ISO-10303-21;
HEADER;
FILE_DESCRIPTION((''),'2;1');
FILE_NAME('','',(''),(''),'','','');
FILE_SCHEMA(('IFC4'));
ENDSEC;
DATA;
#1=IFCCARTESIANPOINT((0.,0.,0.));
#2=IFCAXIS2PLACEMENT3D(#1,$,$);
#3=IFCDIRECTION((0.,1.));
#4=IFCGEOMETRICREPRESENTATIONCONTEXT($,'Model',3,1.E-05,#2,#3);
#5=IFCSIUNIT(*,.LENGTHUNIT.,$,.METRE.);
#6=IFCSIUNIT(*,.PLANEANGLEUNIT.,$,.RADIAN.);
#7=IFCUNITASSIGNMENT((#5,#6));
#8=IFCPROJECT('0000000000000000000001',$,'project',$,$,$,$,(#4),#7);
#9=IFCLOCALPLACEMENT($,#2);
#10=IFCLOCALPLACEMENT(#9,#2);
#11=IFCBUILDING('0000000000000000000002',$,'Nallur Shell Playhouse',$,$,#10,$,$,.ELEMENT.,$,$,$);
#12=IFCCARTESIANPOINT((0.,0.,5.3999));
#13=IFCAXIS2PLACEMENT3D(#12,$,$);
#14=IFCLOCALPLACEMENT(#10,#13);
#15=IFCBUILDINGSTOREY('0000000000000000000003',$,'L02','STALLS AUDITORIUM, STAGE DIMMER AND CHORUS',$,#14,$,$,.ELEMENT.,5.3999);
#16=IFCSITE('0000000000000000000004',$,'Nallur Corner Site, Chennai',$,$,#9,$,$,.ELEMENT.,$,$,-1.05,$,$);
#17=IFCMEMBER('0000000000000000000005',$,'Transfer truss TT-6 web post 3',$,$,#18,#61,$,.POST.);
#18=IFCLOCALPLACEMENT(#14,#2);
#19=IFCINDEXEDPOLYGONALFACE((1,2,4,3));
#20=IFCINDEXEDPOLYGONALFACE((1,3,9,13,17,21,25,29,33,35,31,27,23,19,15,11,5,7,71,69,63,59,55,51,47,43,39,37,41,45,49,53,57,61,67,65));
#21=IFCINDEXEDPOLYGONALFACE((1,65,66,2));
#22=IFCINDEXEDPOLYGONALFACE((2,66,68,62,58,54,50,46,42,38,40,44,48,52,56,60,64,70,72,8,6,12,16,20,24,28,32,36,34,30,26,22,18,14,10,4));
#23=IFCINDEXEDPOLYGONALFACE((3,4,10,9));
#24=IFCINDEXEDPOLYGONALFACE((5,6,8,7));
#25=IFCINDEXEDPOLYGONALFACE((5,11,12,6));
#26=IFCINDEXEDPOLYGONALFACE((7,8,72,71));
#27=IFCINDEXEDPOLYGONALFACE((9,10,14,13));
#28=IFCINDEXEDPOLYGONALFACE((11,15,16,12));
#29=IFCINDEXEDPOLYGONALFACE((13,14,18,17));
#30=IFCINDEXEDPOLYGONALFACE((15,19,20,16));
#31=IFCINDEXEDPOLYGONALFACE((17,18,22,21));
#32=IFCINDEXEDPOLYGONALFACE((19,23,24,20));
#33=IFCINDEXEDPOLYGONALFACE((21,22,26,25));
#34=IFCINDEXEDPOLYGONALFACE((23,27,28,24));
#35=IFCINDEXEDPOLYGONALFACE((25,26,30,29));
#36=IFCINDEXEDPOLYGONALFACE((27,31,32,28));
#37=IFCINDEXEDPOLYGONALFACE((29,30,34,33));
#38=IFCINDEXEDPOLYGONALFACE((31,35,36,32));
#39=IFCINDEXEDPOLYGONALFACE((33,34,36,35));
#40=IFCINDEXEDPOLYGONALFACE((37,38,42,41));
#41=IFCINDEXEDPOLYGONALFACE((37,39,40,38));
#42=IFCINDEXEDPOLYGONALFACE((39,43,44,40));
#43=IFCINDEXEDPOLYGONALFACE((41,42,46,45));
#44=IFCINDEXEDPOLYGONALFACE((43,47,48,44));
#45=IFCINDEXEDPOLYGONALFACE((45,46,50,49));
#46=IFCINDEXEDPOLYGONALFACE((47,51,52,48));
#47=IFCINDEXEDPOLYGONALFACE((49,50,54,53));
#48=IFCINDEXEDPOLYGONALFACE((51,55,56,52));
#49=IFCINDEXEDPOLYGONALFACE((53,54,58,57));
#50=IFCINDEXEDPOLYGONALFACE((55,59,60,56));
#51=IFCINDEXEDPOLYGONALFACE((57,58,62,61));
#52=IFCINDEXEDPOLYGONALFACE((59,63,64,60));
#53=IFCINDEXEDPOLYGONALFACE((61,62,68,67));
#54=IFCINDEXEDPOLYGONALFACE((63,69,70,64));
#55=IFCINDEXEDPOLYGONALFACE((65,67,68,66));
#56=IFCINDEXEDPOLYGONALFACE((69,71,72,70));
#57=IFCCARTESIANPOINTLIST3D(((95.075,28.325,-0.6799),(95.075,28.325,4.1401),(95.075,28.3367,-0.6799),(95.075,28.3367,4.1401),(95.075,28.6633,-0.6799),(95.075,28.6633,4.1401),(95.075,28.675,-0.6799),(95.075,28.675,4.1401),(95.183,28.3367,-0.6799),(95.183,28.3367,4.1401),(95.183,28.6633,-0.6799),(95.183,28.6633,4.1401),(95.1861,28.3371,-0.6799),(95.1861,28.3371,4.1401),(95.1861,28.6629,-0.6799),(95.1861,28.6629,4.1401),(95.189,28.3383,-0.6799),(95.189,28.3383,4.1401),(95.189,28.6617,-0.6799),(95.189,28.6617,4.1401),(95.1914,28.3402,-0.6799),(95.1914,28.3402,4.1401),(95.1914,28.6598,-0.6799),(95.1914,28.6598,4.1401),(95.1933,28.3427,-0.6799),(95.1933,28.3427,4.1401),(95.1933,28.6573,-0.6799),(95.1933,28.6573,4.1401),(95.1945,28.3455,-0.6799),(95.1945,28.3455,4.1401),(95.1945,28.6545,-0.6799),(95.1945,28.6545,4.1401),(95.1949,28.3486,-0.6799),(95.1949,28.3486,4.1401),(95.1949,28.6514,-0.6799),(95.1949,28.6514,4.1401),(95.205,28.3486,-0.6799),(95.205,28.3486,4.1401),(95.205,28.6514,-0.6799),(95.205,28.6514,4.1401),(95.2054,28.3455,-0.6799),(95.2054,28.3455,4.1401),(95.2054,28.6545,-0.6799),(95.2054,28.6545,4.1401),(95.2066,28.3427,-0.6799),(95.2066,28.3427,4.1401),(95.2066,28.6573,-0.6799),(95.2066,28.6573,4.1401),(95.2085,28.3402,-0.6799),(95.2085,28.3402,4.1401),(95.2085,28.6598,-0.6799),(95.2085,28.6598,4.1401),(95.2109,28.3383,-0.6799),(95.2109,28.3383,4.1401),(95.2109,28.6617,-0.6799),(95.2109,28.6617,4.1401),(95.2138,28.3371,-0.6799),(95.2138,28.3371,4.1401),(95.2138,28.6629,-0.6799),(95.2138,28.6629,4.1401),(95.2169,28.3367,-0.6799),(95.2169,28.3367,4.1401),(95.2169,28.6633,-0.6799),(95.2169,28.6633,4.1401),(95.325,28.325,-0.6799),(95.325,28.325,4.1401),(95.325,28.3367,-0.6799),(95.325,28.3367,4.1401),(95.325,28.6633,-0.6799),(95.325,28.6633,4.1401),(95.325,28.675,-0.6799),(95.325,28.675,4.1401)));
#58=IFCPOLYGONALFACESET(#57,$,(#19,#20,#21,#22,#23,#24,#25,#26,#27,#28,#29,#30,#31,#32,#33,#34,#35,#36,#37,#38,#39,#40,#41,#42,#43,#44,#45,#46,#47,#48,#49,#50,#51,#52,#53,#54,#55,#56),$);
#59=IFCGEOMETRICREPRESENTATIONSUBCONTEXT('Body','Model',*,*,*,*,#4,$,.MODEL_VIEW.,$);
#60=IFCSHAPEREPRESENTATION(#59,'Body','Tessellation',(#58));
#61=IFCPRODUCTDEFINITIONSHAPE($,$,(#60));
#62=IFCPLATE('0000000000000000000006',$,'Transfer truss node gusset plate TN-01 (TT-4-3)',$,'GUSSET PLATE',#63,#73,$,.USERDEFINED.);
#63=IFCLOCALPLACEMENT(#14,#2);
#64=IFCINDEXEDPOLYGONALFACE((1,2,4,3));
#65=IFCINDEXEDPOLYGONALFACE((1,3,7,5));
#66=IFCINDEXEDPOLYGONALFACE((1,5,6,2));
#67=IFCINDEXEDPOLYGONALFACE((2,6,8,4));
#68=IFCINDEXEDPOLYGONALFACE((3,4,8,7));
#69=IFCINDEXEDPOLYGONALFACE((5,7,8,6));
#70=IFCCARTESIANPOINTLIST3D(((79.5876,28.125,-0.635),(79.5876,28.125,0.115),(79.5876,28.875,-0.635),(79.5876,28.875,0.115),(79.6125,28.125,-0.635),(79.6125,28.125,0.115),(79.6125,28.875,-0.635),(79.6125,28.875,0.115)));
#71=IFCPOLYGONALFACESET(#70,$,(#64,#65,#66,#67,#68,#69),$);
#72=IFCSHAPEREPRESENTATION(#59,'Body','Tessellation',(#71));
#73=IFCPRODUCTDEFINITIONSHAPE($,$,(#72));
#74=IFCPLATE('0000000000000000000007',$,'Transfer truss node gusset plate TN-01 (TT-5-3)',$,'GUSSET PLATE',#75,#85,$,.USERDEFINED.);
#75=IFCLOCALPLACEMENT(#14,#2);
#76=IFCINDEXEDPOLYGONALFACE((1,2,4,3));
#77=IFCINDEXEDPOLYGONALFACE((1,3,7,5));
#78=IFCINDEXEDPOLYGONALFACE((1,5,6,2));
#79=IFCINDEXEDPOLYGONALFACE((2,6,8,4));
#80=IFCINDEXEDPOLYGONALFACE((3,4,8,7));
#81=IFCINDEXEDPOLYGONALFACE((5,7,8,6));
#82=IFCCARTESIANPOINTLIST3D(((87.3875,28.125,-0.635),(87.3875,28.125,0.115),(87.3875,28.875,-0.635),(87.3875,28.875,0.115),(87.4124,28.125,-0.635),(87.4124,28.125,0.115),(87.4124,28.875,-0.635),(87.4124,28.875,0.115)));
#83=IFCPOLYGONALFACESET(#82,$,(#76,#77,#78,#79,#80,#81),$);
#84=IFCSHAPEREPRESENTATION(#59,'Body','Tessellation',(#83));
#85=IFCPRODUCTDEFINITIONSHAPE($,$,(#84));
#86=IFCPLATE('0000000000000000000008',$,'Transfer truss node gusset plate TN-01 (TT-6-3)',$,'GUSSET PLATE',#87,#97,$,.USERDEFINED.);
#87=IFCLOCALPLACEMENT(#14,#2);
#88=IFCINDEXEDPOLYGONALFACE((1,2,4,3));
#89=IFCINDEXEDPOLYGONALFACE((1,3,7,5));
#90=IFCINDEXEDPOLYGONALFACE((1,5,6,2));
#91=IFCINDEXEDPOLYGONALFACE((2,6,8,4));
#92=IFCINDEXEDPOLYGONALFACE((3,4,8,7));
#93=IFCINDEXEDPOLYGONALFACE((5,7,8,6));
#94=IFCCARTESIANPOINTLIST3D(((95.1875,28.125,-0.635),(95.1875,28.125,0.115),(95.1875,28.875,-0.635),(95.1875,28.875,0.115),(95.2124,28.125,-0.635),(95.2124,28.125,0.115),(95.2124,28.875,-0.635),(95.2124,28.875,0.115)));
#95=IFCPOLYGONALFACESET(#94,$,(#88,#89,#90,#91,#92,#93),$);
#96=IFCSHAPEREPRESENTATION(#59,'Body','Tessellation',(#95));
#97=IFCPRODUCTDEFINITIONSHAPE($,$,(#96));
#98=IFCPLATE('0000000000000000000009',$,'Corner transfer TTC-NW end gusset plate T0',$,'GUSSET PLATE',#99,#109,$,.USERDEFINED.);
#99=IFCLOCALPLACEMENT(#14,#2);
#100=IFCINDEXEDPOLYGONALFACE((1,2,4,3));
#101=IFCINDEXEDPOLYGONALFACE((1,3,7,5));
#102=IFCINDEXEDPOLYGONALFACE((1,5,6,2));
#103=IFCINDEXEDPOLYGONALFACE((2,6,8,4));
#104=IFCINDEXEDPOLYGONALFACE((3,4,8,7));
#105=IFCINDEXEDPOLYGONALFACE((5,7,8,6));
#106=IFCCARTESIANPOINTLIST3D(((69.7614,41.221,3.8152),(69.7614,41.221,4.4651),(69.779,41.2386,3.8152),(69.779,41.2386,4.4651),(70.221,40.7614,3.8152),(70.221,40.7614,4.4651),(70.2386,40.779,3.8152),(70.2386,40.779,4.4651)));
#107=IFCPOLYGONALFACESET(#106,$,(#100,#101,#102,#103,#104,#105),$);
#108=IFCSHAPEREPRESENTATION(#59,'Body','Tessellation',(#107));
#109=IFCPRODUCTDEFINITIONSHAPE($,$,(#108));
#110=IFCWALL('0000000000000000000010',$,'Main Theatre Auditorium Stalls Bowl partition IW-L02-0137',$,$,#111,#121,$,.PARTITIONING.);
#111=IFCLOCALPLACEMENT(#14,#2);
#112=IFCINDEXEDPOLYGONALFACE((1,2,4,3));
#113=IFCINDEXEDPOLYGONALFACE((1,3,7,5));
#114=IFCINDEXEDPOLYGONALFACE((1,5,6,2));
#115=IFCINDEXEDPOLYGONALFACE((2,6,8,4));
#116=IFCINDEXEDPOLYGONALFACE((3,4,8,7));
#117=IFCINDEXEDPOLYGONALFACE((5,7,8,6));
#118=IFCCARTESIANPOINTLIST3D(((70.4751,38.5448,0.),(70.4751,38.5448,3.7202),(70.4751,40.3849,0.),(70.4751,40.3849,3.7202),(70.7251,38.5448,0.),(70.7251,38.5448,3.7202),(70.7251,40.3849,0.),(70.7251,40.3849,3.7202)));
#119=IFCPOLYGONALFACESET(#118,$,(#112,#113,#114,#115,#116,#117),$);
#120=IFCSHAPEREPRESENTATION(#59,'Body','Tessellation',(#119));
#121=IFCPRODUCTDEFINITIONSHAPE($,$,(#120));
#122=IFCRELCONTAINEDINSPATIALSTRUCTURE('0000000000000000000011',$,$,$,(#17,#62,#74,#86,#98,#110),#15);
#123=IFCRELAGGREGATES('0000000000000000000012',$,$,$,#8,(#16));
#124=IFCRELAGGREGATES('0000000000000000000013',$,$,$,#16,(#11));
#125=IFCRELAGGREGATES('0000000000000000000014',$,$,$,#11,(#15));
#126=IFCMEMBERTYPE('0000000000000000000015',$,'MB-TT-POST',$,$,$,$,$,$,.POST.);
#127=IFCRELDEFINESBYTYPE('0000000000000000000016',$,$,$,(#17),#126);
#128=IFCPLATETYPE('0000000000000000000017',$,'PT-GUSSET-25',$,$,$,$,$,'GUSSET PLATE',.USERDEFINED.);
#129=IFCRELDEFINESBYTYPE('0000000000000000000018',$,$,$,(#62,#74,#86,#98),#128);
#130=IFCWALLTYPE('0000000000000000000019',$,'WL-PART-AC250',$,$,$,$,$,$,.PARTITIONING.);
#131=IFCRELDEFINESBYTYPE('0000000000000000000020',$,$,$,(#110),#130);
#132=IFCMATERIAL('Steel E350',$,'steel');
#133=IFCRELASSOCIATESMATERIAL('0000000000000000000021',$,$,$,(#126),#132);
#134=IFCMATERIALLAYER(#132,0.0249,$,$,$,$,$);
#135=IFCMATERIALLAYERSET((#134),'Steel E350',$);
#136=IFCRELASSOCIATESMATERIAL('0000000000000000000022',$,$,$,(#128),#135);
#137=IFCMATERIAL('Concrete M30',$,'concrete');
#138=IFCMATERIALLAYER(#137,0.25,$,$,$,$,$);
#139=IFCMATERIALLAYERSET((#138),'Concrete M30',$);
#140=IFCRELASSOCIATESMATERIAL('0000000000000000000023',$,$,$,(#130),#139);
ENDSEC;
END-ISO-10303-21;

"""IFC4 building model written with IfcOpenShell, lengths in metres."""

from ifc_helpers import new_model, si_unit, direction, frame, frame_2d, origin, origin_2d, place, context, subcontext, project, spatial, rectangle, i_section, extrude, material, layer, layer_set, material_profile, profile_set, type_object, element, save


model = new_model("IFC4")

# Units and contexts
model_context = context("Model", 3, precision=1e-05, world=origin(), true_north=direction((0.0, 1.0)))
body_context = subcontext(model_context, "Body", "Model", "MODEL_VIEW")
ifc_project = project(units=[si_unit("LENGTHUNIT", "METRE"), si_unit("PLANEANGLEUNIT", "RADIAN")], contexts=[model_context])

# Site, building, storey
site_placement = place(None, origin())
site = spatial("IfcSite", under=ifc_project, at=site_placement, Name="Nallur Corner Site, Chennai", CompositionType="ELEMENT", RefElevation=-1.05)
building_placement = place(site_placement, origin())
building = spatial("IfcBuilding", under=site, at=building_placement, Name="Nallur Shell Playhouse", CompositionType="ELEMENT")
storey_placement = place(building_placement, frame((0.0, 0.0, 5.3999)))
storey = spatial("IfcBuildingStorey", under=building, at=storey_placement, Name="L02", Description="STALLS AUDITORIUM, STAGE DIMMER AND CHORUS", CompositionType="ELEMENT", Elevation=5.3999)

# Shared definitions
ifc_material_1 = material(Name="Steel E350", Category="steel")

# Member
ifc_material_profile_1 = material_profile(ifc_material_1, i_section(OverallWidth=0.25, OverallDepth=0.3501, WebThickness=0.01, FlangeThickness=0.0117, FilletRadius=0.012, at=origin_2d()), Name="ISHB 350")
ifc_profile_set_1 = profile_set([ifc_material_profile_1], Name="Steel E350")
member_type_1 = type_object("IfcMemberType", Name="MB-TT-POST", PredefinedType="POST", material=ifc_profile_set_1)
for number, where, z_axis, x_axis, name in (
    (1, (95.2, 28.5, -0.6799), (0.0, 0.0, 1.0), (1.0, 0.0, 0.0), "Transfer truss TT-6 web post 3"),
):
    element("IfcMember", number, at=place(storey_placement, frame(where, z_axis=z_axis, x_axis=x_axis)), inside=storey, type_object=member_type_1, Name=name, PredefinedType="POST", context=body_context, shape_type="SweptSolid", body=[
        extrude(i_section(OverallWidth=0.25, OverallDepth=0.3501, WebThickness=0.01, FlangeThickness=0.0117, FilletRadius=0.012, at=origin_2d()), origin(), (0.0, 0.0, 1.0), 4.8201),
    ])

# Plates
ifc_layer_1 = layer(ifc_material_1, 0.0249)
ifc_layer_set_1 = layer_set([ifc_layer_1], Name="Steel E350")
plate_type = type_object("IfcPlateType", Name="PT-GUSSET-25", ElementType="GUSSET PLATE", PredefinedType="USERDEFINED", material=ifc_layer_set_1)
for number, where, z_axis, x_axis, name in (
    (2, (79.6001, 28.5, -0.635), (0.0, 0.0, 1.0), (1.0, 0.0, 0.0), "Transfer truss node gusset plate TN-01 (TT-4-3)"),
    (3, (87.3999, 28.5, -0.635), (0.0, 0.0, 1.0), (1.0, 0.0, 0.0), "Transfer truss node gusset plate TN-01 (TT-5-3)"),
    (4, (95.2, 28.5, -0.635), (0.0, 0.0, 1.0), (1.0, 0.0, 0.0), "Transfer truss node gusset plate TN-01 (TT-6-3)"),
):
    element("IfcPlate", number, at=place(storey_placement, frame(where, z_axis=z_axis, x_axis=x_axis)), inside=storey, type_object=plate_type, Name=name, ObjectType="GUSSET PLATE", PredefinedType="USERDEFINED", context=body_context, shape_type="SweptSolid", body=[
        extrude(rectangle(XDim=0.0249, YDim=0.75, at=origin_2d()), origin(), (0.0, 0.0, 1.0), 0.75),
    ])
plate_placement = place(storey_placement, frame((70.0, 41.0, 3.8152), z_axis=(0.0, 0.0, 1.0), x_axis=(-0.707107, 0.707107, 0.0)))
element("IfcPlate", 5, at=plate_placement, inside=storey, type_object=plate_type, Name="Corner transfer TTC-NW end gusset plate T0", ObjectType="GUSSET PLATE", PredefinedType="USERDEFINED", context=body_context, shape_type="SweptSolid", body=[
    extrude(rectangle(XDim=0.6499, YDim=0.0249, at=origin_2d()), origin(), (0.0, 0.0, 1.0), 0.6499),
])

# Wall
ifc_material_2 = material(Name="Concrete M30", Category="concrete")
ifc_layer_2 = layer(ifc_material_2, 0.25)
ifc_layer_set_2 = layer_set([ifc_layer_2], Name="Concrete M30")
wall_type = type_object("IfcWallType", Name="WL-PART-AC250", PredefinedType="PARTITIONING", material=ifc_layer_set_2)
wall_placement = place(storey_placement, frame((70.6001, 38.5449, 0.0), z_axis=(0.0, 0.0, 1.0), x_axis=(0.0, 1.0, 0.0)))
element("IfcWall", 6, at=wall_placement, inside=storey, type_object=wall_type, Name="Main Theatre Auditorium Stalls Bowl partition IW-L02-0137", PredefinedType="PARTITIONING", context=body_context, shape_type="SweptSolid", body=[
    extrude(rectangle(XDim=1.8401, YDim=0.25, at=frame_2d((0.9199, 0.0))), origin(), (0.0, 0.0, 1.0), 3.7202),
])

save(model, "model.ifc")
